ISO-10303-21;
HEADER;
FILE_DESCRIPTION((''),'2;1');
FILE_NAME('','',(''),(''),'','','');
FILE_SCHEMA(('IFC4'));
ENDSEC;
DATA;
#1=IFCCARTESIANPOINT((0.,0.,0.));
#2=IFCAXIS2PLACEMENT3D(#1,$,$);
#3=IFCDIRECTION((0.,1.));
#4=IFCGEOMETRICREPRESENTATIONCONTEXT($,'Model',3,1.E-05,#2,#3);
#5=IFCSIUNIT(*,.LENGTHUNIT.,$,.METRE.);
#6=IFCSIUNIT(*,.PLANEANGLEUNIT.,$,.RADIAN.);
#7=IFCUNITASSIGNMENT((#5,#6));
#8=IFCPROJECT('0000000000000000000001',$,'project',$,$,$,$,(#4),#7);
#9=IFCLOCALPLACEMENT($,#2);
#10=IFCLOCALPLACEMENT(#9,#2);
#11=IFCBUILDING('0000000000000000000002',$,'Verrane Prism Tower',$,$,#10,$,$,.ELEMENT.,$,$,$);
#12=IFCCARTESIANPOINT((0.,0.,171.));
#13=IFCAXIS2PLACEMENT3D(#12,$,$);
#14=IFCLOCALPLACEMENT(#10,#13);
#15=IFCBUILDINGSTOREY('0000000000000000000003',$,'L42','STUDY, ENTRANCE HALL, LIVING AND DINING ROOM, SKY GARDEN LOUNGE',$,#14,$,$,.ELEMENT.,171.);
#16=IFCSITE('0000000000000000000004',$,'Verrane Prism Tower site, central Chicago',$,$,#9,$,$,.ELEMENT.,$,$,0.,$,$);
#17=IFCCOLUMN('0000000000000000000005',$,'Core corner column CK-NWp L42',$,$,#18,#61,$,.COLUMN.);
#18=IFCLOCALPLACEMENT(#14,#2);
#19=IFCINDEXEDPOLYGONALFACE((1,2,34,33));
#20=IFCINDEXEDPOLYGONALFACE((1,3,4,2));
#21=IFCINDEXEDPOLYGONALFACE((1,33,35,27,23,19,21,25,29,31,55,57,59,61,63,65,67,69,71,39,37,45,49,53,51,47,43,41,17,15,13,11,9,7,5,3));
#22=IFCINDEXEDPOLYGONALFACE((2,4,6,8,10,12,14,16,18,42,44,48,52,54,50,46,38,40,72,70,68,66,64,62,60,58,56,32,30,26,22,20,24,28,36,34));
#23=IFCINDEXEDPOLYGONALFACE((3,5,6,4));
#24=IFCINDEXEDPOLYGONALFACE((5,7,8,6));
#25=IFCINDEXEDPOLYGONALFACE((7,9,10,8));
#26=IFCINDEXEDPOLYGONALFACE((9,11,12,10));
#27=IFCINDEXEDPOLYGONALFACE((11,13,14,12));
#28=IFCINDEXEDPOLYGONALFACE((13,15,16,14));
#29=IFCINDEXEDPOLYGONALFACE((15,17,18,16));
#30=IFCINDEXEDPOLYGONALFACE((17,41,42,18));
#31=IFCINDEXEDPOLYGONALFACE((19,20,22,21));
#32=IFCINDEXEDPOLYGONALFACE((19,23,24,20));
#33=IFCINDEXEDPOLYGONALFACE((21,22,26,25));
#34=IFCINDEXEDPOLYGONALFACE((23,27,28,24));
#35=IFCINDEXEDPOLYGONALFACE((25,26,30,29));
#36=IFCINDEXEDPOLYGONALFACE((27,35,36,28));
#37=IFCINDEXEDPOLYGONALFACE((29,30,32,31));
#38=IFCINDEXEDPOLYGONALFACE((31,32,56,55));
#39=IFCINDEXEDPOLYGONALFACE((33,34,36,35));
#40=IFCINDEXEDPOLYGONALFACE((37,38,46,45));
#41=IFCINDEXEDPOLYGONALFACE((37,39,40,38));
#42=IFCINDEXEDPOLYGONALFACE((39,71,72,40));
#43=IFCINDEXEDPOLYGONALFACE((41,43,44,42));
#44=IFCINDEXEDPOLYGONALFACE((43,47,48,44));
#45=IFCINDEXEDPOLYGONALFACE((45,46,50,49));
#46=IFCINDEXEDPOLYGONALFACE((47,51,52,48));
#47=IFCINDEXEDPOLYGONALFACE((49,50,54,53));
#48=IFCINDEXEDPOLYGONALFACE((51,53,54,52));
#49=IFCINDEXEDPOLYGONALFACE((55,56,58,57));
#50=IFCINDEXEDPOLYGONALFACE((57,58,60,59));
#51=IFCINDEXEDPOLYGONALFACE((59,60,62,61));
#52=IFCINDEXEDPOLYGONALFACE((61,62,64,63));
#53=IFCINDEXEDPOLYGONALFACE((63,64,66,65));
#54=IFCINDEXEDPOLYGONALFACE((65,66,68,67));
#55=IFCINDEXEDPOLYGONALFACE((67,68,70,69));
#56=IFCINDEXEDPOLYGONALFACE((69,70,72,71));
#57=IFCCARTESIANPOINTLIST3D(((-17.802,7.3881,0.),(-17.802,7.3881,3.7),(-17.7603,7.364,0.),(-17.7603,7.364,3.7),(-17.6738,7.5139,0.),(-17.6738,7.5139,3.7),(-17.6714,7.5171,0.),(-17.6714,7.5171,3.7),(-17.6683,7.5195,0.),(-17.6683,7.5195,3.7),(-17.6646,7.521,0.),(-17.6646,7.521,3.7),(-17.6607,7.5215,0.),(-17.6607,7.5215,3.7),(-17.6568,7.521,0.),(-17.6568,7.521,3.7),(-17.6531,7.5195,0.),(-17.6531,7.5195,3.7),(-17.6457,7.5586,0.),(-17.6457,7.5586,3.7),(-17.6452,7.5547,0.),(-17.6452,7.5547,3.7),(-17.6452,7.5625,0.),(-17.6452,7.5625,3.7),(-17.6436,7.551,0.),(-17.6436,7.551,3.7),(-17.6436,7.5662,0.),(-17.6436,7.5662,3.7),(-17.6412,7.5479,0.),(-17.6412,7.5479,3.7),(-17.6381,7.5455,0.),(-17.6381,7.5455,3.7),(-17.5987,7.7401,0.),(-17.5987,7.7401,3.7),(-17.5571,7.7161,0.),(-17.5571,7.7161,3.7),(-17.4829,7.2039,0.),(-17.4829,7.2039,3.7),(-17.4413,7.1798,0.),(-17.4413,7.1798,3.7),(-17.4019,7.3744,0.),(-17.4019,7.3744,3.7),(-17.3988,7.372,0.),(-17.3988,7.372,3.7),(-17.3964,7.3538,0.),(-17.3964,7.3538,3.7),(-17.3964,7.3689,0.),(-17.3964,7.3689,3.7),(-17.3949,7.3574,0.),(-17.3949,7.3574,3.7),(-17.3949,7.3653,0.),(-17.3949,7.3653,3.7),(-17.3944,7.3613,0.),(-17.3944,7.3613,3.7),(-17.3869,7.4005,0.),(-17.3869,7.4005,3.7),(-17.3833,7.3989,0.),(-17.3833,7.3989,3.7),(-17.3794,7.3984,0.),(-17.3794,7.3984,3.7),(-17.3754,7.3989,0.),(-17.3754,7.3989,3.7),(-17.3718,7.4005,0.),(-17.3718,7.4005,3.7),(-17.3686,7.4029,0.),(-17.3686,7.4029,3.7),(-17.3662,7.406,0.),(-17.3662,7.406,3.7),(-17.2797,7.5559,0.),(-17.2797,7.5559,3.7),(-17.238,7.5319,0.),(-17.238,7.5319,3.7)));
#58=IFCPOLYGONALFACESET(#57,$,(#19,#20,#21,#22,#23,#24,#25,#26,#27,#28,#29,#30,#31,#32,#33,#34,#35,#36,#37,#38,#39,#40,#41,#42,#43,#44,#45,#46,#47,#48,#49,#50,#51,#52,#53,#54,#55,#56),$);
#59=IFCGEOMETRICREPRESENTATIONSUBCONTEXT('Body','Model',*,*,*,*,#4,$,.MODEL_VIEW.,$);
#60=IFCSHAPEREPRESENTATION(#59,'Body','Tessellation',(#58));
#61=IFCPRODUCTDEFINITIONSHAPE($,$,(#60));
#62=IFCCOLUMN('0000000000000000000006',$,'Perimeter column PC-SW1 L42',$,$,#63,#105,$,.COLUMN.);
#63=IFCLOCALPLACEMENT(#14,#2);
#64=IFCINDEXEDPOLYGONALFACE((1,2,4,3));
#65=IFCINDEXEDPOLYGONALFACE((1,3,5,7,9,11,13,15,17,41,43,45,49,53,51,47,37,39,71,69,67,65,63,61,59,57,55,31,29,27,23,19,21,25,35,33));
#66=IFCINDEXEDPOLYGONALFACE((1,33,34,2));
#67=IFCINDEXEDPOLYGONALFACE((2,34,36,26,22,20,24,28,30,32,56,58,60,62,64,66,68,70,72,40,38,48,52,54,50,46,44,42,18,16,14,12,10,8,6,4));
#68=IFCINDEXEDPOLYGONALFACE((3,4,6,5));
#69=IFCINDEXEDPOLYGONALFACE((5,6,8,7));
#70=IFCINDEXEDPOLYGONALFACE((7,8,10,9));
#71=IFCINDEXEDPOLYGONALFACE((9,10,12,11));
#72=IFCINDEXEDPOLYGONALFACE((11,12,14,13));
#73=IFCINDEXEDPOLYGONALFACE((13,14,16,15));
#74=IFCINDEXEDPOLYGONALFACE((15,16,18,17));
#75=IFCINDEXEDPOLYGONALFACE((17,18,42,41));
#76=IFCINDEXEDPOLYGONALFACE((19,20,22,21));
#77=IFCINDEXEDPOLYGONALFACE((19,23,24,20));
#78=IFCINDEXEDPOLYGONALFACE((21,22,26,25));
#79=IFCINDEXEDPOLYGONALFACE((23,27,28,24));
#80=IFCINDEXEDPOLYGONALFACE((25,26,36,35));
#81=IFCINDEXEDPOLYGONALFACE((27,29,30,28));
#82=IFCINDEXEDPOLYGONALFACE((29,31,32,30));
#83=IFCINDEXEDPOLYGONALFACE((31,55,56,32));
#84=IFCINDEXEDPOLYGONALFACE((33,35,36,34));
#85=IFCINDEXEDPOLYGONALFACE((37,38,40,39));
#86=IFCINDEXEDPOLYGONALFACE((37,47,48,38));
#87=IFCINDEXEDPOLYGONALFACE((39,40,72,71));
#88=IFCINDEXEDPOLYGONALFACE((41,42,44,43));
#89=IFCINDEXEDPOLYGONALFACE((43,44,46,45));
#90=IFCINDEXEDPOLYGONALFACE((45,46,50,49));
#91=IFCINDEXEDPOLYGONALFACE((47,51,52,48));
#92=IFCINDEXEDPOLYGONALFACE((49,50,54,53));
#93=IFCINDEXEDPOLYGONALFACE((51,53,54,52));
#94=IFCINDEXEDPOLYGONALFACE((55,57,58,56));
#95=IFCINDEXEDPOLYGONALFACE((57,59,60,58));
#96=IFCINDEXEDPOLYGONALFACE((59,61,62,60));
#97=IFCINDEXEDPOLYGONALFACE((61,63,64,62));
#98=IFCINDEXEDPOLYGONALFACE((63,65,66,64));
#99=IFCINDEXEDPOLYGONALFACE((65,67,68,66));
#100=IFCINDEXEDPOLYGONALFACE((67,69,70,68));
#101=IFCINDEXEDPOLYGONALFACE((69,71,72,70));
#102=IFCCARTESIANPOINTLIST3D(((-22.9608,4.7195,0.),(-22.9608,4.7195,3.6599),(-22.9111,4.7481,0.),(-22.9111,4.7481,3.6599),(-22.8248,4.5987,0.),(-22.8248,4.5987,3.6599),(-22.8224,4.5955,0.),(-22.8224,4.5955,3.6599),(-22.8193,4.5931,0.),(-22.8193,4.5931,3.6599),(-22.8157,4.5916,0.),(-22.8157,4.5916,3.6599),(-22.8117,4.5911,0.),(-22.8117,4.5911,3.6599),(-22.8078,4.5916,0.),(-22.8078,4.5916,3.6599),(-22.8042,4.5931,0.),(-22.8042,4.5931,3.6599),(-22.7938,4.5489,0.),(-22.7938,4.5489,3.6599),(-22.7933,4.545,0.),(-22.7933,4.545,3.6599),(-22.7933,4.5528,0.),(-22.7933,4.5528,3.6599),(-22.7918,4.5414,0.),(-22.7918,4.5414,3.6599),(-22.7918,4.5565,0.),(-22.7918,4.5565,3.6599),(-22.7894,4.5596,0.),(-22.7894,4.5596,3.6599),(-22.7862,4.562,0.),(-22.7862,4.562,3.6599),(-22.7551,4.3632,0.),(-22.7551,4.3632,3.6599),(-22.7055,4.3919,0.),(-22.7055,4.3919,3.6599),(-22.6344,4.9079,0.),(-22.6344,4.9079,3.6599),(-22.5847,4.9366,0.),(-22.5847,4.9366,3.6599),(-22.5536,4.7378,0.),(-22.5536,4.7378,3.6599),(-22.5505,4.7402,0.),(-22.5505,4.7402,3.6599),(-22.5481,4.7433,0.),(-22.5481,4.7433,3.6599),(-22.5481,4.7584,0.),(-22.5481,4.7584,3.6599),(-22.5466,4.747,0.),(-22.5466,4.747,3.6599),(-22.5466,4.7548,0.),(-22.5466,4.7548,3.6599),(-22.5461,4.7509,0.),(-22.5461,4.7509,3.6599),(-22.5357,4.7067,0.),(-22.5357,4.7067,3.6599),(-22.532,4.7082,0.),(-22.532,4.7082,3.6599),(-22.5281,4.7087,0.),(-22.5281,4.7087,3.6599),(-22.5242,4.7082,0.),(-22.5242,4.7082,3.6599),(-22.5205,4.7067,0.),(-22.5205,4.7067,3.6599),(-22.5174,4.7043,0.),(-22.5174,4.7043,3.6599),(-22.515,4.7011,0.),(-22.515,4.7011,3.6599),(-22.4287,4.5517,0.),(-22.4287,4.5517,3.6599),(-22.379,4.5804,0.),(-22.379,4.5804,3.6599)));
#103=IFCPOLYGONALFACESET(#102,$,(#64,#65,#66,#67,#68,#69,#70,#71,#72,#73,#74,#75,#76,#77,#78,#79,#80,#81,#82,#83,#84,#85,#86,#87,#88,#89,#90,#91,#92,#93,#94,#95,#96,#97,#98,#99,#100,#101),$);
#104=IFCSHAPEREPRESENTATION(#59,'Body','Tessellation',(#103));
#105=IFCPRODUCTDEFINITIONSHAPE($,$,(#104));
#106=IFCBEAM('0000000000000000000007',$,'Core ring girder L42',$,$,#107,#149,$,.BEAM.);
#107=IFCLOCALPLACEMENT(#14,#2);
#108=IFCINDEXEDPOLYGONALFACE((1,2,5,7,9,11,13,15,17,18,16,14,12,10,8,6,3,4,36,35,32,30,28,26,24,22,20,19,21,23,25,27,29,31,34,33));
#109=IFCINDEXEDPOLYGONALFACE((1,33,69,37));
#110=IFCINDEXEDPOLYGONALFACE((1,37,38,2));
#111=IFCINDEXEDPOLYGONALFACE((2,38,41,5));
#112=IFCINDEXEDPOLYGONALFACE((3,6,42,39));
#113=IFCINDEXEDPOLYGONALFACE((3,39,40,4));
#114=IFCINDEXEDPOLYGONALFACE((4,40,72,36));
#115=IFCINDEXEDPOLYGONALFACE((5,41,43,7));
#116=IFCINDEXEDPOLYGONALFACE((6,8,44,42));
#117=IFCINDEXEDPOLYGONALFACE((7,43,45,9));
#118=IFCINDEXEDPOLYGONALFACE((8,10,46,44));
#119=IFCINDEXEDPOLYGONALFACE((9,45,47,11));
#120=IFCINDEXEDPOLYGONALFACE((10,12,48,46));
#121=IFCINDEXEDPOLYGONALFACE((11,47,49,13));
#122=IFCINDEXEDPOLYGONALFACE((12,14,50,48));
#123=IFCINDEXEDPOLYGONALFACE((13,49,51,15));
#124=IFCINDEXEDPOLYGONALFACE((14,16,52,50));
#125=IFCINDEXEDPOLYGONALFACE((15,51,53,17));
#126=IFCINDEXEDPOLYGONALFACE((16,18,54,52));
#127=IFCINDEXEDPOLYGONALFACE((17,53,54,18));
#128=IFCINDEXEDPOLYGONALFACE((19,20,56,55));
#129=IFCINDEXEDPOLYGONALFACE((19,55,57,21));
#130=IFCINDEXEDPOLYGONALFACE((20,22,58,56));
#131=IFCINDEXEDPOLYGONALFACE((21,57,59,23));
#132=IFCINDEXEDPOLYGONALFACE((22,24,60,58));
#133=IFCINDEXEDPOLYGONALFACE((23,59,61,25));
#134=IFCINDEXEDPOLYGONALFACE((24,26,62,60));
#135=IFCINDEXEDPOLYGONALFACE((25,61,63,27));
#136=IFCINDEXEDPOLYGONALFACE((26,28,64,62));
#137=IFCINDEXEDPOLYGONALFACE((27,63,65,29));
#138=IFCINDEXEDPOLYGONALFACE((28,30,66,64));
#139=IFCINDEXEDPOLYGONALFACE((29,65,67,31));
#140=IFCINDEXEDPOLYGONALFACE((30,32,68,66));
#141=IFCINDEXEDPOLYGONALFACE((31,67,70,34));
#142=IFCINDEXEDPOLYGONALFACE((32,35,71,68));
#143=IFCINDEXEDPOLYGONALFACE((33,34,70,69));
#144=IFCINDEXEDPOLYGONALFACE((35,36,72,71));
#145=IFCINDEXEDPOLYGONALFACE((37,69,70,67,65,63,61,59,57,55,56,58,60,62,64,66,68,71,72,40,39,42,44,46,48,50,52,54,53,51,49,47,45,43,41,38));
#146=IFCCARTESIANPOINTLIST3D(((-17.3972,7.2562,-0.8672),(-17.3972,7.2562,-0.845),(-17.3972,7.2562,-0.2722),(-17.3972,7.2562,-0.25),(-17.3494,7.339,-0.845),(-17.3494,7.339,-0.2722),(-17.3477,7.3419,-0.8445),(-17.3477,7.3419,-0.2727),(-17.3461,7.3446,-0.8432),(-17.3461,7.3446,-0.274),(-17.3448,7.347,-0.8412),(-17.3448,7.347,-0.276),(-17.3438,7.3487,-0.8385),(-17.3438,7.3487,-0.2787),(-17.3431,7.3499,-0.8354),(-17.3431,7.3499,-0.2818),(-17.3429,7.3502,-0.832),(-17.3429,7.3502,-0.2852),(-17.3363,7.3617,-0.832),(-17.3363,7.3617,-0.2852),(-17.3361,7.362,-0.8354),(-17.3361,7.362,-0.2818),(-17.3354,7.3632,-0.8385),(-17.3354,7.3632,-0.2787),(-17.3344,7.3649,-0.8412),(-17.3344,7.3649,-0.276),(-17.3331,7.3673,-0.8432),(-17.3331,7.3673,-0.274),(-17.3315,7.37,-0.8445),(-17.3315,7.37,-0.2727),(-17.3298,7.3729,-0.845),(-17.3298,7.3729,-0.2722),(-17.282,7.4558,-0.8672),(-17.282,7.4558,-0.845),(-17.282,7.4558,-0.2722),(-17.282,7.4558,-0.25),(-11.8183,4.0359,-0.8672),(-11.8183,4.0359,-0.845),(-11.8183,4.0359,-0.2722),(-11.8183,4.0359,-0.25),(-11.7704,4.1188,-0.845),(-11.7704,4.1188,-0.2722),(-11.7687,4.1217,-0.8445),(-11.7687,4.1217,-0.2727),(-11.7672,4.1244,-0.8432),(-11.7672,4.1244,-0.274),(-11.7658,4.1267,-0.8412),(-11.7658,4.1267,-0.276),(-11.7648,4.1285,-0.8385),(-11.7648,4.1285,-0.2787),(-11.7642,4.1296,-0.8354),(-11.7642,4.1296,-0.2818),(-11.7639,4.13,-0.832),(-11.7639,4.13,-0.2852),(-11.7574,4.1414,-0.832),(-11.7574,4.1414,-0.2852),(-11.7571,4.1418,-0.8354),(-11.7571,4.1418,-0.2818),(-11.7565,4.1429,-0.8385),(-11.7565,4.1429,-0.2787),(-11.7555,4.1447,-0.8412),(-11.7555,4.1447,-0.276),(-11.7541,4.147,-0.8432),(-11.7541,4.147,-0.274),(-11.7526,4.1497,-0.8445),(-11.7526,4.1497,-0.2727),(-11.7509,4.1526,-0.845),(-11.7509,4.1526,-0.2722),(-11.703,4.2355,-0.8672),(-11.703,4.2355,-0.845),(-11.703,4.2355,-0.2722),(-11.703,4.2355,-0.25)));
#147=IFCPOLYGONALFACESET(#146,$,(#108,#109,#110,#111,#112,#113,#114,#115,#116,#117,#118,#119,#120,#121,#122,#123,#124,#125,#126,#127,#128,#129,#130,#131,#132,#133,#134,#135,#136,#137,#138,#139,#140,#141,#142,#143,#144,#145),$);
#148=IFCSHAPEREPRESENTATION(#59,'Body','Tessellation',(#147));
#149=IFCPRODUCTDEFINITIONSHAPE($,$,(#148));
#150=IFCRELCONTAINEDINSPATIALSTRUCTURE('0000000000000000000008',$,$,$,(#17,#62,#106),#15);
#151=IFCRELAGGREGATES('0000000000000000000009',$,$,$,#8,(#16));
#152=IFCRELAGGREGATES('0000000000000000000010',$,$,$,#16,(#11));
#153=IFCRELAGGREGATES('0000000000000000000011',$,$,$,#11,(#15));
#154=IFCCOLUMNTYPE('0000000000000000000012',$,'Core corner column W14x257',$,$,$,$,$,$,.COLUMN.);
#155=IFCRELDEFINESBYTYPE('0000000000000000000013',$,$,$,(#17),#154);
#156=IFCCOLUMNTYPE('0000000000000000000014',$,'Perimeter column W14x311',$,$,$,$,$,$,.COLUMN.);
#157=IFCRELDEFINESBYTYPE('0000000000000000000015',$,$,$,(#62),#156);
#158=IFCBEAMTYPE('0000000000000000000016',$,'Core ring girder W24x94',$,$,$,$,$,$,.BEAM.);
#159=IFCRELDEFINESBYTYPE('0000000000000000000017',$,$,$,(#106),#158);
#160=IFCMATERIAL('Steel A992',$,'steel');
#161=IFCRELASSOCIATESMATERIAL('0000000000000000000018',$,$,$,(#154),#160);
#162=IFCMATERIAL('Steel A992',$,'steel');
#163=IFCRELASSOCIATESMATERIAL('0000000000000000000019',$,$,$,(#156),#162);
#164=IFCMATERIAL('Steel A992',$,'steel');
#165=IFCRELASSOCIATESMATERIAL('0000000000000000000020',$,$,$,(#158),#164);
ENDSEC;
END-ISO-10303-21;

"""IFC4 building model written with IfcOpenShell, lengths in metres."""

from ifc_helpers import new_model, si_unit, direction, frame, origin, origin_2d, place, context, subcontext, project, spatial, i_section, extrude, material, material_profile, profile_set, type_object, element, save


model = new_model("IFC4")

# Units and contexts
model_context = context("Model", 3, precision=1e-05, world=origin(), true_north=direction((0.0, 1.0)))
body_context = subcontext(model_context, "Body", "Model", "MODEL_VIEW")
ifc_project = project(units=[si_unit("LENGTHUNIT", "METRE"), si_unit("PLANEANGLEUNIT", "RADIAN")], contexts=[model_context])

# Site, building, storey
site_placement = place(None, origin())
site = spatial("IfcSite", under=ifc_project, at=site_placement, Name="Verrane Prism Tower site, central Chicago", CompositionType="ELEMENT", RefElevation=0.0)
building_placement = place(site_placement, origin())
building = spatial("IfcBuilding", under=site, at=building_placement, Name="Verrane Prism Tower", CompositionType="ELEMENT")
storey_placement = place(building_placement, frame((0.0, 0.0, 171.0)))
storey = spatial("IfcBuildingStorey", under=building, at=storey_placement, Name="L42", Description="STUDY, ENTRANCE HALL, LIVING AND DINING ROOM, SKY GARDEN LOUNGE", CompositionType="ELEMENT", Elevation=171.0)

# Columns
ifc_material_1 = material(Name="Steel A992", Category="steel")
ifc_material_profile_1 = material_profile(ifc_material_1, i_section(OverallWidth=0.4065, OverallDepth=0.4165, WebThickness=0.03, FlangeThickness=0.0481, FilletRadius=0.0151, at=origin_2d()), Name="W14x257")
ifc_profile_set_1 = profile_set([ifc_material_profile_1], Name="Steel A992")
column_type_1 = type_object("IfcColumnType", Name="Core corner column W14x257", PredefinedType="COLUMN", material=ifc_profile_set_1)
column_1_placement = place(storey_placement, frame((-17.52, 7.46, 0.0), z_axis=(0.0, 0.0, 1.0), x_axis=(0.5, 0.866025, 0.0)))
element("IfcColumn", 1, at=column_1_placement, inside=storey, type_object=column_type_1, Name="Core corner column CK-NWp L42", PredefinedType="COLUMN", context=body_context, shape_type="SweptSolid", body=[
    extrude(i_section(OverallWidth=0.4065, OverallDepth=0.4165, WebThickness=0.03, FlangeThickness=0.0481, FilletRadius=0.0151, at=origin_2d()), origin(), (0.0, 0.0, 1.0), 3.7),
])
ifc_material_2 = material(Name="Steel A992", Category="steel")
ifc_material_profile_2 = material_profile(ifc_material_2, i_section(OverallWidth=0.4114, OverallDepth=0.4343, WebThickness=0.0359, FlangeThickness=0.0574, FilletRadius=0.0151, at=origin_2d()), Name="W14x311")
ifc_profile_set_2 = profile_set([ifc_material_profile_2], Name="Steel A992")
column_type_2 = type_object("IfcColumnType", Name="Perimeter column W14x311", PredefinedType="COLUMN", material=ifc_profile_set_2)
column_2_placement = place(storey_placement, frame((-22.6699, 4.6499, 0.0), z_axis=(0.0, 0.0, 1.0), x_axis=(-0.5, 0.866025, 0.0)))
element("IfcColumn", 2, at=column_2_placement, inside=storey, type_object=column_type_2, Name="Perimeter column PC-SW1 L42", PredefinedType="COLUMN", context=body_context, shape_type="SweptSolid", body=[
    extrude(i_section(OverallWidth=0.4114, OverallDepth=0.4343, WebThickness=0.0359, FlangeThickness=0.0574, FilletRadius=0.0151, at=origin_2d()), origin(), (0.0, 0.0, 1.0), 3.6599),
])

# Beam
ifc_material_3 = material(Name="Steel A992", Category="steel")
ifc_material_profile_3 = material_profile(ifc_material_3, i_section(OverallWidth=0.2305, OverallDepth=0.6172, WebThickness=0.0132, FlangeThickness=0.0222, FilletRadius=0.0129, at=origin_2d()), Name="W24x94")
ifc_profile_set_3 = profile_set([ifc_material_profile_3], Name="Steel A992")
beam_type_1 = type_object("IfcBeamType", Name="Core ring girder W24x94", PredefinedType="BEAM", material=ifc_profile_set_3)
beam_1_placement = place(storey_placement, frame((-17.3396, 7.356, -0.5586), z_axis=(0.866075, -0.499914, 0.0), x_axis=(0.499914, 0.866075, 0.0)))
element("IfcBeam", 3, at=beam_1_placement, inside=storey, type_object=beam_type_1, Name="Core ring girder L42", PredefinedType="BEAM", context=body_context, shape_type="SweptSolid", body=[
    extrude(i_section(OverallWidth=0.2305, OverallDepth=0.6172, WebThickness=0.0132, FlangeThickness=0.0222, FilletRadius=0.0129, at=origin_2d()), origin(), (0.0, 0.0, 1.0), 6.4417),
])

save(model, "model.ifc")
